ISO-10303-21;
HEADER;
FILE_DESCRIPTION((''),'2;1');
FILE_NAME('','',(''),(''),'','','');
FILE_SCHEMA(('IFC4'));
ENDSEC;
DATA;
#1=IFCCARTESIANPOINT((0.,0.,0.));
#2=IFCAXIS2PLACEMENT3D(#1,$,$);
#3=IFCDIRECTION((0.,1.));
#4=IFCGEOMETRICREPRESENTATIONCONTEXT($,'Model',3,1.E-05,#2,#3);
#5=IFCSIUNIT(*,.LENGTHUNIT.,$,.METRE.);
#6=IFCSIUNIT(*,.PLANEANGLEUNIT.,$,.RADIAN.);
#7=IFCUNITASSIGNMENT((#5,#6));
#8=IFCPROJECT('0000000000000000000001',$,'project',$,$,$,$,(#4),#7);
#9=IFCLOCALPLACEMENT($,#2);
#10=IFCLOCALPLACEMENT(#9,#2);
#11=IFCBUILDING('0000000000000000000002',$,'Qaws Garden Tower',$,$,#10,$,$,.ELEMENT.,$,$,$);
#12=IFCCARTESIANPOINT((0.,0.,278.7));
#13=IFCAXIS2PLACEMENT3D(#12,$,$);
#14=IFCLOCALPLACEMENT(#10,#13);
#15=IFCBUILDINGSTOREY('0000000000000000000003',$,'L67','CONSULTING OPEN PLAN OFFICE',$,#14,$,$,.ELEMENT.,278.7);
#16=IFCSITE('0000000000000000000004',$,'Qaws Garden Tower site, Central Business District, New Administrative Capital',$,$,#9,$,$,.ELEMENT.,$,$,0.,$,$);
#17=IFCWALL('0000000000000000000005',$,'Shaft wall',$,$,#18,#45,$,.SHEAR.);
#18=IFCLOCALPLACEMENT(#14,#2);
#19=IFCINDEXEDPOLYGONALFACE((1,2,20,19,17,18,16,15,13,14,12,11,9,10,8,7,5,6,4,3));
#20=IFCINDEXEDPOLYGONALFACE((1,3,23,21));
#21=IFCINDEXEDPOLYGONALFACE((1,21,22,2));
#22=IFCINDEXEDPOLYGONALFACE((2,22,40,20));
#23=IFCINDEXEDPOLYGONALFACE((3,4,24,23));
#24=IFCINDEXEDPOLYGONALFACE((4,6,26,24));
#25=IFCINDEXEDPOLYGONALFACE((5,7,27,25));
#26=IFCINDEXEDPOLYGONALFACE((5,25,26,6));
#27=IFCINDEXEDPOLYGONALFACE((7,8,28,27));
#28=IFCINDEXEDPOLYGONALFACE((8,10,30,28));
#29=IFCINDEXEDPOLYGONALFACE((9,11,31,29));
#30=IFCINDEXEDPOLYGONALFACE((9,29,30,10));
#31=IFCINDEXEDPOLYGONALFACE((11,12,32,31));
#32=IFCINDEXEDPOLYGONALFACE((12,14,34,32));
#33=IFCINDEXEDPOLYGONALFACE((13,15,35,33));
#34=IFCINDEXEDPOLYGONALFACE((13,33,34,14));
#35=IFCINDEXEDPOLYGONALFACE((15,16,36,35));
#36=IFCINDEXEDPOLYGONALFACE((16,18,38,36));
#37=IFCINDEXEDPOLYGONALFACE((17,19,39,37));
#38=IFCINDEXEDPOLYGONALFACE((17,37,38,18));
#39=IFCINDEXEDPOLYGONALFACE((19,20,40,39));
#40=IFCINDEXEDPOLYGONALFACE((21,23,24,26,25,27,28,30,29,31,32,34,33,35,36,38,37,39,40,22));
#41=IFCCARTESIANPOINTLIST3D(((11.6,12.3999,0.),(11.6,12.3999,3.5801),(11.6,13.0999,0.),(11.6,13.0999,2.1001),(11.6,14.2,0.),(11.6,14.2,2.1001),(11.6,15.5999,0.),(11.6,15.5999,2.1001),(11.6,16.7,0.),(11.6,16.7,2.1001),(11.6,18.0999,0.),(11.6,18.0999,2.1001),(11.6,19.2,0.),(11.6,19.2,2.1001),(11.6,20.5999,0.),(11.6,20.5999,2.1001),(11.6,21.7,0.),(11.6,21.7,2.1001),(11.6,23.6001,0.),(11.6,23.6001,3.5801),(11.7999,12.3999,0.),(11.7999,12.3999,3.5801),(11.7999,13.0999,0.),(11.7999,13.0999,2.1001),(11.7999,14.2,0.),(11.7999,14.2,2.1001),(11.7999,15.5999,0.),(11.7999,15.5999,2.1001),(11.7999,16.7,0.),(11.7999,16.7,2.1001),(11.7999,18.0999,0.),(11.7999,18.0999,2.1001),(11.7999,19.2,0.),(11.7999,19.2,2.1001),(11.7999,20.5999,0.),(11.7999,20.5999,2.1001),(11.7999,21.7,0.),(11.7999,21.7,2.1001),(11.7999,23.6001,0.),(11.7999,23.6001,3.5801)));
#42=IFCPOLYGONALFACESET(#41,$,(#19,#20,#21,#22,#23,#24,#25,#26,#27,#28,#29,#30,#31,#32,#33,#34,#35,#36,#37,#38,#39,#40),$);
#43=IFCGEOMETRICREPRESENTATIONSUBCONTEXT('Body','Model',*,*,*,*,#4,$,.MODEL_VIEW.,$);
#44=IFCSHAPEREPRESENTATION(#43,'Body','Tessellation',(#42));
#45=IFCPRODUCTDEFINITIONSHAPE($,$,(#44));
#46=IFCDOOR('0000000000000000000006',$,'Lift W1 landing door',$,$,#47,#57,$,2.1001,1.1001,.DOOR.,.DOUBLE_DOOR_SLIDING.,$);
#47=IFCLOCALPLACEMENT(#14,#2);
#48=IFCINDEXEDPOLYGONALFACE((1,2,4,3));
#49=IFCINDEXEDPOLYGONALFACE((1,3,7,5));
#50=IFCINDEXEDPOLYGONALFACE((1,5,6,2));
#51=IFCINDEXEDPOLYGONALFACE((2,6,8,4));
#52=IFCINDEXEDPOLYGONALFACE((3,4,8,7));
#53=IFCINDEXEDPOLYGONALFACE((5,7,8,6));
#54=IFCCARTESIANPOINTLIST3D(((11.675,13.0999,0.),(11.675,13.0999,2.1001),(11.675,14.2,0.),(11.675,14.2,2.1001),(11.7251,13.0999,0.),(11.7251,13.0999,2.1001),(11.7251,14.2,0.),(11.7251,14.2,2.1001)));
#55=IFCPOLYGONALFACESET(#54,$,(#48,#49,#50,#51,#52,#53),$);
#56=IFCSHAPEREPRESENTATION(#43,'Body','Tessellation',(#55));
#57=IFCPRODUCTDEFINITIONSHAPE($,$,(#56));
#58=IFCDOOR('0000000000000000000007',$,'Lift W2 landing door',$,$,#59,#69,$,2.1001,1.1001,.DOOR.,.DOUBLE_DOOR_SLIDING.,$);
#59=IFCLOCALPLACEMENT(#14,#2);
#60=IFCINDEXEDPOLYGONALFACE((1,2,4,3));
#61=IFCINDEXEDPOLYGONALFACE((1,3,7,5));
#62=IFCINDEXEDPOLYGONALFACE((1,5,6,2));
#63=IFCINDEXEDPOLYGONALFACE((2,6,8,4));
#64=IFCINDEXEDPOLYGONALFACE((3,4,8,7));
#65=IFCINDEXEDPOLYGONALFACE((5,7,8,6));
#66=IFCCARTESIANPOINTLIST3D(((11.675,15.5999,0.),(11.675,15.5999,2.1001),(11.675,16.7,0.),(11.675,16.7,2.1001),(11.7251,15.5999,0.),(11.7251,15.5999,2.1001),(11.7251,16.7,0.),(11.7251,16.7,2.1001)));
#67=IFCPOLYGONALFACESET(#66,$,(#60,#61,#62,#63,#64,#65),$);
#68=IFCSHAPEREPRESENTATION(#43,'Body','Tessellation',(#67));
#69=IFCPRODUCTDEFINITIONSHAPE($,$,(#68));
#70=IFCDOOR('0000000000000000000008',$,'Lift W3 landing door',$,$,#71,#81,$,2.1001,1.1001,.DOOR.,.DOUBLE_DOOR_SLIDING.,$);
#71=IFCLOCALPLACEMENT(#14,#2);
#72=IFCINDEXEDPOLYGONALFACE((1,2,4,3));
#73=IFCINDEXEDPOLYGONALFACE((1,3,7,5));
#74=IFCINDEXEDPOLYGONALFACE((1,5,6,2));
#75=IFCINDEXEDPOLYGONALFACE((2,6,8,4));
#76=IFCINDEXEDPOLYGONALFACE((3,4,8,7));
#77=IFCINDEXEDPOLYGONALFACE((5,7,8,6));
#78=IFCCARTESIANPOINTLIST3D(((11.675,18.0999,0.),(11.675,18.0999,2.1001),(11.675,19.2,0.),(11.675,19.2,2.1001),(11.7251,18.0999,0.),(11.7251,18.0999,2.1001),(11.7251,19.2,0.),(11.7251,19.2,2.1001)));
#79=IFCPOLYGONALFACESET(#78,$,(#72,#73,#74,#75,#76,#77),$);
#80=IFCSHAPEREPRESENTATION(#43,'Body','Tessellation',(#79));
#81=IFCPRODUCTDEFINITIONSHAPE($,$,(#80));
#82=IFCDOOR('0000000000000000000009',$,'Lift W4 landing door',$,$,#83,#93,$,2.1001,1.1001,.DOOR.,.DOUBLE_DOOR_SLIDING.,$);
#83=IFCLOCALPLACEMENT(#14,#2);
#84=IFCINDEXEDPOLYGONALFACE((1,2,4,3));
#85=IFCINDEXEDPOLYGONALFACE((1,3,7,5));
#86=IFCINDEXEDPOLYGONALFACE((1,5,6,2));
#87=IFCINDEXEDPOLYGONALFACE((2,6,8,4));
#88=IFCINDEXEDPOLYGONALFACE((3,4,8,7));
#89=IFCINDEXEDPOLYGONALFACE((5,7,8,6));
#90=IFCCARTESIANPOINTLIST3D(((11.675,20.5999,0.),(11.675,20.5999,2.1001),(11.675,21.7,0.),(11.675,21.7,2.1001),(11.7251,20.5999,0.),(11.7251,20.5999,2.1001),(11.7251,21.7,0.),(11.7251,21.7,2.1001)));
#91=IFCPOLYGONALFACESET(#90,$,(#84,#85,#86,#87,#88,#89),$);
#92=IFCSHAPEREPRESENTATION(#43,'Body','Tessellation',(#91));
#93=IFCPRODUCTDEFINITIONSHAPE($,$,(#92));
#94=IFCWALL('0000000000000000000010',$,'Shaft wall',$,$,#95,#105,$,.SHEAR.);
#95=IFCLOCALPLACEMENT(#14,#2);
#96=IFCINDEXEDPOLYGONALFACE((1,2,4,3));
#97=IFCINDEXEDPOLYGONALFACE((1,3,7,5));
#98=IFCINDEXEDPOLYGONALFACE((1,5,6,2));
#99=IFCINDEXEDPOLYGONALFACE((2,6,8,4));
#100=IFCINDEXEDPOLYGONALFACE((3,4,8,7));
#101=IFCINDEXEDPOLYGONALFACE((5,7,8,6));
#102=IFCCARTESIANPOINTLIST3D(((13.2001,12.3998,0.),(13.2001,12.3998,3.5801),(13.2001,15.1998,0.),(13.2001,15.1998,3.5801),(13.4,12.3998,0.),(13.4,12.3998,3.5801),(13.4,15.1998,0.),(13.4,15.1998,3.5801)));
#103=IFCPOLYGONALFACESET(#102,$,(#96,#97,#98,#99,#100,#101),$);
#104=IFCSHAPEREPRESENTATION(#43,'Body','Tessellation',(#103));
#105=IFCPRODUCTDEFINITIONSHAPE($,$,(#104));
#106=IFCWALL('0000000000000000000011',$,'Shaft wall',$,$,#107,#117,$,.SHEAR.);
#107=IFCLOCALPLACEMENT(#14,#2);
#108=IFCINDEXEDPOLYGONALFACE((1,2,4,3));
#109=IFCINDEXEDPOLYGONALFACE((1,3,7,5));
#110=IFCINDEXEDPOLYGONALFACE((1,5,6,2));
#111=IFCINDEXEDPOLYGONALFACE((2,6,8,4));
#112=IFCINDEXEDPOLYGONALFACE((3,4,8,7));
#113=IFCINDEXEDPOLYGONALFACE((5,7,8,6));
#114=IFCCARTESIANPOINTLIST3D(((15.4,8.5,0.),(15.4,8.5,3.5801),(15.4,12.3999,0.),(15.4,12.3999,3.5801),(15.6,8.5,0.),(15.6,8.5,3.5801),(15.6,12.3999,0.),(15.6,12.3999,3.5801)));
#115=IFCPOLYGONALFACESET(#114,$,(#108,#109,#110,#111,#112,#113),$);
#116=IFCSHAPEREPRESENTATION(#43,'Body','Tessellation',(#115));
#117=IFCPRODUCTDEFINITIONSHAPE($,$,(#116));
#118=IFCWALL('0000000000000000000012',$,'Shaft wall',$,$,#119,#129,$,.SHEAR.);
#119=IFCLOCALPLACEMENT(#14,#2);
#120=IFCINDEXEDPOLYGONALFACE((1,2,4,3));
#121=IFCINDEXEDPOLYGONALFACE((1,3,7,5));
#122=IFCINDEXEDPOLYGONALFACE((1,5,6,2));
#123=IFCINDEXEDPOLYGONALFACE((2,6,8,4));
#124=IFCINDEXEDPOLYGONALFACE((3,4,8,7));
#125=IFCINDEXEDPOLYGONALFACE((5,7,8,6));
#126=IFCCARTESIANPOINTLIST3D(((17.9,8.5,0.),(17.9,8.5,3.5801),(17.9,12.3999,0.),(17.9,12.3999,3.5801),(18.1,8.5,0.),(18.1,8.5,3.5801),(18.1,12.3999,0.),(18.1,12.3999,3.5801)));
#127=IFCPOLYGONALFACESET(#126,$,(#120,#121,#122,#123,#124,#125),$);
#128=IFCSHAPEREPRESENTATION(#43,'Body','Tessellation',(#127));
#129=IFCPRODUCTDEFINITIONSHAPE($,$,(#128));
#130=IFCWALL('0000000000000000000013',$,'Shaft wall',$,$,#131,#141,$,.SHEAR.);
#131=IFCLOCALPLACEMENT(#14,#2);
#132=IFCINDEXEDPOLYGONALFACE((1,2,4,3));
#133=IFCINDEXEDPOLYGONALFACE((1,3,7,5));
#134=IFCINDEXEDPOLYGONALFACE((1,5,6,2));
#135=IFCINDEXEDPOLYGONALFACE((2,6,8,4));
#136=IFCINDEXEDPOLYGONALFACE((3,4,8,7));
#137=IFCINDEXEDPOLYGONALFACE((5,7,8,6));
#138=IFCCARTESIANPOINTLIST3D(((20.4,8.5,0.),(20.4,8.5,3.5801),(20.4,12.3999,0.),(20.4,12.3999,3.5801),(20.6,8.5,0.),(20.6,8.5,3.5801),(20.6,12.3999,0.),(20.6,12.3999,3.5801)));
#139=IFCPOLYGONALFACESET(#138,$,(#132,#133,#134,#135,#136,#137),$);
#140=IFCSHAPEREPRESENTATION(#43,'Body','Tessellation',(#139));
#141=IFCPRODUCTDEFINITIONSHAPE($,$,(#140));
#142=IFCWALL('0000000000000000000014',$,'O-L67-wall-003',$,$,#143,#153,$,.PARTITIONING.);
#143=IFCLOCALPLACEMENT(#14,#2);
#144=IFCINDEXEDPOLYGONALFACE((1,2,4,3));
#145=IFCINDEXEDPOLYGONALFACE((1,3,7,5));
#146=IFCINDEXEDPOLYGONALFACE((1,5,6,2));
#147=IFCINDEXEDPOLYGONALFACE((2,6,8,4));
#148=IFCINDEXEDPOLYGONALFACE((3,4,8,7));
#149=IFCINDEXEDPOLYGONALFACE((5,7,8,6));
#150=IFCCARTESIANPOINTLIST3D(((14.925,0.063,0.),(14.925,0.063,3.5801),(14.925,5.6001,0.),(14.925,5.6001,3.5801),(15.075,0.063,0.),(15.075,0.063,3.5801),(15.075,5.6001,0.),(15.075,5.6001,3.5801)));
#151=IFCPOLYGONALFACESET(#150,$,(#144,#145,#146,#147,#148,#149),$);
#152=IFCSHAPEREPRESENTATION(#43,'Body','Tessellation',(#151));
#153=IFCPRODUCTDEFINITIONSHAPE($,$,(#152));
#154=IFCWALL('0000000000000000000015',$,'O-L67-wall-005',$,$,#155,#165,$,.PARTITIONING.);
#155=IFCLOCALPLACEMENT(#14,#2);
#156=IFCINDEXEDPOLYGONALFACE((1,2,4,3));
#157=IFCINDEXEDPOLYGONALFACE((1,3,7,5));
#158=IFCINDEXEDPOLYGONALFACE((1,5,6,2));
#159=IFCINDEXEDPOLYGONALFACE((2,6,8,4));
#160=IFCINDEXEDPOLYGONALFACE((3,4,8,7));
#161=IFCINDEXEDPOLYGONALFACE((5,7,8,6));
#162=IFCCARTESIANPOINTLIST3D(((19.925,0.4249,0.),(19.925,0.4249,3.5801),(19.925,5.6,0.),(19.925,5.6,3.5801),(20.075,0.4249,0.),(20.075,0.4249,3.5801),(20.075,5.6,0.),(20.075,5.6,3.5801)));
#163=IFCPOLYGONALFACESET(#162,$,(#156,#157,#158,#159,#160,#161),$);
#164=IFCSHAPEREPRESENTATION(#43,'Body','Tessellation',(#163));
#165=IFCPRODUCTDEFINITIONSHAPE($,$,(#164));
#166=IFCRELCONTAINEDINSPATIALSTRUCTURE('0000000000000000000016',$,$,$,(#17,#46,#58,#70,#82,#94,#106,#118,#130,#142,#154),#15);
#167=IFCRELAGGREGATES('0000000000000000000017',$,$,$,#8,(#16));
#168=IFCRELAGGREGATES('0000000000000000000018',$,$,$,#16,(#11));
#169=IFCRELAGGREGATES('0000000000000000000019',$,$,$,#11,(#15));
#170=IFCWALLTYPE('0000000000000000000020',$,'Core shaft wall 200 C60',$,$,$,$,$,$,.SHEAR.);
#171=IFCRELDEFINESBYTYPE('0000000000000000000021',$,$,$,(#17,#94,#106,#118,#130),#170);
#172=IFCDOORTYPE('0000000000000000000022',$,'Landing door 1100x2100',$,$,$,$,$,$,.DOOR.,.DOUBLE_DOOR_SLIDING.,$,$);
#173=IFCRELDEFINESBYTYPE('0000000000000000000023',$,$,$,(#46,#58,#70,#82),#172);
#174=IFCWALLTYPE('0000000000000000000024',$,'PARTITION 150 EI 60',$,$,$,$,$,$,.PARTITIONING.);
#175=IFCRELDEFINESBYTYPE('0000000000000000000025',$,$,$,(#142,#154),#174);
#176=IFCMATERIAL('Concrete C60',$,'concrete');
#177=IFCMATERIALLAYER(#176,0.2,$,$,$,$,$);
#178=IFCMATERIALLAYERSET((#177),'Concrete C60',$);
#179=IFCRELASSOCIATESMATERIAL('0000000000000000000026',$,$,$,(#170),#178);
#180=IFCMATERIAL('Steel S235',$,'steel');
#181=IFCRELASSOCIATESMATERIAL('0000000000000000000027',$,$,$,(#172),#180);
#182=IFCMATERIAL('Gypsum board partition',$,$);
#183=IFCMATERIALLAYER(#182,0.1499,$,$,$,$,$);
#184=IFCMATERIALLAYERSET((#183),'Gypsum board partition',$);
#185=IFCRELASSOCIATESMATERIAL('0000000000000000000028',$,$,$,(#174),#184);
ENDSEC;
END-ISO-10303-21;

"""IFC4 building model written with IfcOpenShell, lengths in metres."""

from ifc_helpers import new_model, si_unit, direction, frame, frame_2d, origin, place, context, subcontext, project, spatial, rectangle, extrude, material, layer, layer_set, type_object, element, fill, save


model = new_model("IFC4")

# Units and contexts
model_context = context("Model", 3, precision=1e-05, world=origin(), true_north=direction((0.0, 1.0)))
body_context = subcontext(model_context, "Body", "Model", "MODEL_VIEW")
ifc_project = project(units=[si_unit("LENGTHUNIT", "METRE"), si_unit("PLANEANGLEUNIT", "RADIAN")], contexts=[model_context])

# Site, building, storey
site_placement = place(None, origin())
site = spatial("IfcSite", under=ifc_project, at=site_placement, Name="Qaws Garden Tower site, Central Business District, New Administrative Capital", CompositionType="ELEMENT", RefElevation=0.0)
building_placement = place(site_placement, origin())
building = spatial("IfcBuilding", under=site, at=building_placement, Name="Qaws Garden Tower", CompositionType="ELEMENT")
storey_placement = place(building_placement, frame((0.0, 0.0, 278.7)))
storey = spatial("IfcBuildingStorey", under=building, at=storey_placement, Name="L67", Description="CONSULTING OPEN PLAN OFFICE", CompositionType="ELEMENT", Elevation=278.7)

# Wall, openings, doors
ifc_material_1 = material(Name="Concrete C60", Category="concrete")
ifc_layer_1 = layer(ifc_material_1, 0.2)
ifc_layer_set_1 = layer_set([ifc_layer_1], Name="Concrete C60")
wall_type_1 = type_object("IfcWallType", Name="Core shaft wall 200 C60", PredefinedType="SHEAR", material=ifc_layer_set_1)
wall_1_placement = place(storey_placement, frame((11.7, 12.3999, 0.0), z_axis=(0.0, 0.0, 1.0), x_axis=(0.0, 1.0, 0.0)))
wall_1 = element("IfcWall", 1, at=wall_1_placement, inside=storey, type_object=wall_type_1, Name="Shaft wall", PredefinedType="SHEAR", context=body_context, shape_type="SweptSolid", body=[
    extrude(rectangle(XDim=11.2002, YDim=0.2, at=frame_2d((5.6001, 0.0))), origin(), (0.0, 0.0, 1.0), 3.5801),
])
opening_1_placement = place(wall_1_placement, frame((0.7, 0.0, 0.0)))
opening_1 = element("IfcOpeningElement", 2, at=opening_1_placement, cuts=wall_1, PredefinedType="OPENING", context=body_context, shape_type="SweptSolid", body=[
    extrude(rectangle(XDim=1.1001, YDim=2.1001, at=frame_2d((0.55, 1.05))), frame((0.0, 0.1099, 0.0), z_axis=(0.0, -1.0, 0.0), x_axis=(1.0, 0.0, 0.0)), (0.0, 0.0, 1.0), 0.22),
])
opening_2_placement = place(wall_1_placement, frame((3.2, 0.0, 0.0)))
opening_2 = element("IfcOpeningElement", 3, at=opening_2_placement, cuts=wall_1, PredefinedType="OPENING", context=body_context, shape_type="SweptSolid", body=[
    extrude(rectangle(XDim=1.1001, YDim=2.1001, at=frame_2d((0.55, 1.05))), frame((0.0, 0.1099, 0.0), z_axis=(0.0, -1.0, 0.0), x_axis=(1.0, 0.0, 0.0)), (0.0, 0.0, 1.0), 0.22),
])
opening_3_placement = place(wall_1_placement, frame((5.7, 0.0, 0.0)))
opening_3 = element("IfcOpeningElement", 4, at=opening_3_placement, cuts=wall_1, PredefinedType="OPENING", context=body_context, shape_type="SweptSolid", body=[
    extrude(rectangle(XDim=1.1001, YDim=2.1001, at=frame_2d((0.55, 1.05))), frame((0.0, 0.1099, 0.0), z_axis=(0.0, -1.0, 0.0), x_axis=(1.0, 0.0, 0.0)), (0.0, 0.0, 1.0), 0.22),
])
opening_4_placement = place(wall_1_placement, frame((8.2, 0.0, 0.0)))
opening_4 = element("IfcOpeningElement", 5, at=opening_4_placement, cuts=wall_1, PredefinedType="OPENING", context=body_context, shape_type="SweptSolid", body=[
    extrude(rectangle(XDim=1.1001, YDim=2.1001, at=frame_2d((0.55, 1.05))), frame((0.0, 0.1099, 0.0), z_axis=(0.0, -1.0, 0.0), x_axis=(1.0, 0.0, 0.0)), (0.0, 0.0, 1.0), 0.22),
])
ifc_material_2 = material(Name="Steel S235", Category="steel")
door_type_1 = type_object("IfcDoorType", Name="Landing door 1100x2100", OperationType="DOUBLE_DOOR_SLIDING", PredefinedType="DOOR", material=ifc_material_2)
door_1_placement = place(opening_1_placement, origin())
door_1 = element("IfcDoor", 6, at=door_1_placement, inside=storey, type_object=door_type_1, Name="Lift W1 landing door", OperationType="DOUBLE_DOOR_SLIDING", OverallHeight=2.1001, OverallWidth=1.1001, PredefinedType="DOOR", context=body_context, shape_type="SweptSolid", body=[
    extrude(rectangle(XDim=1.1001, YDim=2.1001, at=frame_2d((0.55, 1.05))), frame((0.0, 0.0249, 0.0), z_axis=(0.0, -1.0, 0.0), x_axis=(1.0, 0.0, 0.0)), (0.0, 0.0, 1.0), 0.05),
])
fill(opening_1, door_1)
door_2_placement = place(opening_2_placement, origin())
door_2 = element("IfcDoor", 7, at=door_2_placement, inside=storey, type_object=door_type_1, Name="Lift W2 landing door", OperationType="DOUBLE_DOOR_SLIDING", OverallHeight=2.1001, OverallWidth=1.1001, PredefinedType="DOOR", context=body_context, shape_type="SweptSolid", body=[
    extrude(rectangle(XDim=1.1001, YDim=2.1001, at=frame_2d((0.55, 1.05))), frame((0.0, 0.0249, 0.0), z_axis=(0.0, -1.0, 0.0), x_axis=(1.0, 0.0, 0.0)), (0.0, 0.0, 1.0), 0.05),
])
fill(opening_2, door_2)
door_3_placement = place(opening_3_placement, origin())
door_3 = element("IfcDoor", 8, at=door_3_placement, inside=storey, type_object=door_type_1, Name="Lift W3 landing door", OperationType="DOUBLE_DOOR_SLIDING", OverallHeight=2.1001, OverallWidth=1.1001, PredefinedType="DOOR", context=body_context, shape_type="SweptSolid", body=[
    extrude(rectangle(XDim=1.1001, YDim=2.1001, at=frame_2d((0.55, 1.05))), frame((0.0, 0.0249, 0.0), z_axis=(0.0, -1.0, 0.0), x_axis=(1.0, 0.0, 0.0)), (0.0, 0.0, 1.0), 0.05),
])
fill(opening_3, door_3)
door_4_placement = place(opening_4_placement, origin())
door_4 = element("IfcDoor", 9, at=door_4_placement, inside=storey, type_object=door_type_1, Name="Lift W4 landing door", OperationType="DOUBLE_DOOR_SLIDING", OverallHeight=2.1001, OverallWidth=1.1001, PredefinedType="DOOR", context=body_context, shape_type="SweptSolid", body=[
    extrude(rectangle(XDim=1.1001, YDim=2.1001, at=frame_2d((0.55, 1.05))), frame((0.0, 0.0249, 0.0), z_axis=(0.0, -1.0, 0.0), x_axis=(1.0, 0.0, 0.0)), (0.0, 0.0, 1.0), 0.05),
])
fill(opening_4, door_4)

# Walls
wall_2_placement = place(storey_placement, frame((13.3, 12.3999, 0.0), z_axis=(0.0, 0.0, 1.0), x_axis=(0.0, 1.0, 0.0)))
element("IfcWall", 10, at=wall_2_placement, inside=storey, type_object=wall_type_1, Name="Shaft wall", PredefinedType="SHEAR", context=body_context, shape_type="SweptSolid", body=[
    extrude(rectangle(XDim=2.8, YDim=0.2, at=frame_2d((1.3999, 0.0))), origin(), (0.0, 0.0, 1.0), 3.5801),
])
for number, where, z_axis, x_axis, name in (
    (11, (15.5, 8.5, 0.0), (0.0, 0.0, 1.0), (0.0, 1.0, 0.0), "Shaft wall"),
    (12, (18.0, 8.5, 0.0), (0.0, 0.0, 1.0), (0.0, 1.0, 0.0), "Shaft wall"),
    (13, (20.5, 8.5, 0.0), (0.0, 0.0, 1.0), (0.0, 1.0, 0.0), "Shaft wall"),
):
    element("IfcWall", number, at=place(storey_placement, frame(where, z_axis=z_axis, x_axis=x_axis)), inside=storey, type_object=wall_type_1, Name=name, PredefinedType="SHEAR", context=body_context, shape_type="SweptSolid", body=[
        extrude(rectangle(XDim=3.8999, YDim=0.2, at=frame_2d((1.95, 0.0))), origin(), (0.0, 0.0, 1.0), 3.5801),
    ])
ifc_material_3 = material(Name="Gypsum board partition")
ifc_layer_2 = layer(ifc_material_3, 0.1499)
ifc_layer_set_2 = layer_set([ifc_layer_2], Name="Gypsum board partition")
wall_type_2 = type_object("IfcWallType", Name="PARTITION 150 EI 60", PredefinedType="PARTITIONING", material=ifc_layer_set_2)
wall_3_placement = place(storey_placement, frame((15.0, 0.063, 0.0), z_axis=(0.0, 0.0, 1.0), x_axis=(0.0, 1.0, 0.0)))
element("IfcWall", 14, at=wall_3_placement, inside=storey, type_object=wall_type_2, Name="O-L67-wall-003", PredefinedType="PARTITIONING", context=body_context, shape_type="SweptSolid", body=[
    extrude(rectangle(XDim=5.5371, YDim=0.1499, at=frame_2d((2.7686, 0.0))), origin(), (0.0, 0.0, 1.0), 3.5801),
])
wall_4_placement = place(storey_placement, frame((20.0, 0.425, 0.0), z_axis=(0.0, 0.0, 1.0), x_axis=(0.0, 1.0, 0.0)))
element("IfcWall", 15, at=wall_4_placement, inside=storey, type_object=wall_type_2, Name="O-L67-wall-005", PredefinedType="PARTITIONING", context=body_context, shape_type="SweptSolid", body=[
    extrude(rectangle(XDim=5.175, YDim=0.1499, at=frame_2d((2.5874, 0.0))), origin(), (0.0, 0.0, 1.0), 3.5801),
])

save(model, "model.ifc")
